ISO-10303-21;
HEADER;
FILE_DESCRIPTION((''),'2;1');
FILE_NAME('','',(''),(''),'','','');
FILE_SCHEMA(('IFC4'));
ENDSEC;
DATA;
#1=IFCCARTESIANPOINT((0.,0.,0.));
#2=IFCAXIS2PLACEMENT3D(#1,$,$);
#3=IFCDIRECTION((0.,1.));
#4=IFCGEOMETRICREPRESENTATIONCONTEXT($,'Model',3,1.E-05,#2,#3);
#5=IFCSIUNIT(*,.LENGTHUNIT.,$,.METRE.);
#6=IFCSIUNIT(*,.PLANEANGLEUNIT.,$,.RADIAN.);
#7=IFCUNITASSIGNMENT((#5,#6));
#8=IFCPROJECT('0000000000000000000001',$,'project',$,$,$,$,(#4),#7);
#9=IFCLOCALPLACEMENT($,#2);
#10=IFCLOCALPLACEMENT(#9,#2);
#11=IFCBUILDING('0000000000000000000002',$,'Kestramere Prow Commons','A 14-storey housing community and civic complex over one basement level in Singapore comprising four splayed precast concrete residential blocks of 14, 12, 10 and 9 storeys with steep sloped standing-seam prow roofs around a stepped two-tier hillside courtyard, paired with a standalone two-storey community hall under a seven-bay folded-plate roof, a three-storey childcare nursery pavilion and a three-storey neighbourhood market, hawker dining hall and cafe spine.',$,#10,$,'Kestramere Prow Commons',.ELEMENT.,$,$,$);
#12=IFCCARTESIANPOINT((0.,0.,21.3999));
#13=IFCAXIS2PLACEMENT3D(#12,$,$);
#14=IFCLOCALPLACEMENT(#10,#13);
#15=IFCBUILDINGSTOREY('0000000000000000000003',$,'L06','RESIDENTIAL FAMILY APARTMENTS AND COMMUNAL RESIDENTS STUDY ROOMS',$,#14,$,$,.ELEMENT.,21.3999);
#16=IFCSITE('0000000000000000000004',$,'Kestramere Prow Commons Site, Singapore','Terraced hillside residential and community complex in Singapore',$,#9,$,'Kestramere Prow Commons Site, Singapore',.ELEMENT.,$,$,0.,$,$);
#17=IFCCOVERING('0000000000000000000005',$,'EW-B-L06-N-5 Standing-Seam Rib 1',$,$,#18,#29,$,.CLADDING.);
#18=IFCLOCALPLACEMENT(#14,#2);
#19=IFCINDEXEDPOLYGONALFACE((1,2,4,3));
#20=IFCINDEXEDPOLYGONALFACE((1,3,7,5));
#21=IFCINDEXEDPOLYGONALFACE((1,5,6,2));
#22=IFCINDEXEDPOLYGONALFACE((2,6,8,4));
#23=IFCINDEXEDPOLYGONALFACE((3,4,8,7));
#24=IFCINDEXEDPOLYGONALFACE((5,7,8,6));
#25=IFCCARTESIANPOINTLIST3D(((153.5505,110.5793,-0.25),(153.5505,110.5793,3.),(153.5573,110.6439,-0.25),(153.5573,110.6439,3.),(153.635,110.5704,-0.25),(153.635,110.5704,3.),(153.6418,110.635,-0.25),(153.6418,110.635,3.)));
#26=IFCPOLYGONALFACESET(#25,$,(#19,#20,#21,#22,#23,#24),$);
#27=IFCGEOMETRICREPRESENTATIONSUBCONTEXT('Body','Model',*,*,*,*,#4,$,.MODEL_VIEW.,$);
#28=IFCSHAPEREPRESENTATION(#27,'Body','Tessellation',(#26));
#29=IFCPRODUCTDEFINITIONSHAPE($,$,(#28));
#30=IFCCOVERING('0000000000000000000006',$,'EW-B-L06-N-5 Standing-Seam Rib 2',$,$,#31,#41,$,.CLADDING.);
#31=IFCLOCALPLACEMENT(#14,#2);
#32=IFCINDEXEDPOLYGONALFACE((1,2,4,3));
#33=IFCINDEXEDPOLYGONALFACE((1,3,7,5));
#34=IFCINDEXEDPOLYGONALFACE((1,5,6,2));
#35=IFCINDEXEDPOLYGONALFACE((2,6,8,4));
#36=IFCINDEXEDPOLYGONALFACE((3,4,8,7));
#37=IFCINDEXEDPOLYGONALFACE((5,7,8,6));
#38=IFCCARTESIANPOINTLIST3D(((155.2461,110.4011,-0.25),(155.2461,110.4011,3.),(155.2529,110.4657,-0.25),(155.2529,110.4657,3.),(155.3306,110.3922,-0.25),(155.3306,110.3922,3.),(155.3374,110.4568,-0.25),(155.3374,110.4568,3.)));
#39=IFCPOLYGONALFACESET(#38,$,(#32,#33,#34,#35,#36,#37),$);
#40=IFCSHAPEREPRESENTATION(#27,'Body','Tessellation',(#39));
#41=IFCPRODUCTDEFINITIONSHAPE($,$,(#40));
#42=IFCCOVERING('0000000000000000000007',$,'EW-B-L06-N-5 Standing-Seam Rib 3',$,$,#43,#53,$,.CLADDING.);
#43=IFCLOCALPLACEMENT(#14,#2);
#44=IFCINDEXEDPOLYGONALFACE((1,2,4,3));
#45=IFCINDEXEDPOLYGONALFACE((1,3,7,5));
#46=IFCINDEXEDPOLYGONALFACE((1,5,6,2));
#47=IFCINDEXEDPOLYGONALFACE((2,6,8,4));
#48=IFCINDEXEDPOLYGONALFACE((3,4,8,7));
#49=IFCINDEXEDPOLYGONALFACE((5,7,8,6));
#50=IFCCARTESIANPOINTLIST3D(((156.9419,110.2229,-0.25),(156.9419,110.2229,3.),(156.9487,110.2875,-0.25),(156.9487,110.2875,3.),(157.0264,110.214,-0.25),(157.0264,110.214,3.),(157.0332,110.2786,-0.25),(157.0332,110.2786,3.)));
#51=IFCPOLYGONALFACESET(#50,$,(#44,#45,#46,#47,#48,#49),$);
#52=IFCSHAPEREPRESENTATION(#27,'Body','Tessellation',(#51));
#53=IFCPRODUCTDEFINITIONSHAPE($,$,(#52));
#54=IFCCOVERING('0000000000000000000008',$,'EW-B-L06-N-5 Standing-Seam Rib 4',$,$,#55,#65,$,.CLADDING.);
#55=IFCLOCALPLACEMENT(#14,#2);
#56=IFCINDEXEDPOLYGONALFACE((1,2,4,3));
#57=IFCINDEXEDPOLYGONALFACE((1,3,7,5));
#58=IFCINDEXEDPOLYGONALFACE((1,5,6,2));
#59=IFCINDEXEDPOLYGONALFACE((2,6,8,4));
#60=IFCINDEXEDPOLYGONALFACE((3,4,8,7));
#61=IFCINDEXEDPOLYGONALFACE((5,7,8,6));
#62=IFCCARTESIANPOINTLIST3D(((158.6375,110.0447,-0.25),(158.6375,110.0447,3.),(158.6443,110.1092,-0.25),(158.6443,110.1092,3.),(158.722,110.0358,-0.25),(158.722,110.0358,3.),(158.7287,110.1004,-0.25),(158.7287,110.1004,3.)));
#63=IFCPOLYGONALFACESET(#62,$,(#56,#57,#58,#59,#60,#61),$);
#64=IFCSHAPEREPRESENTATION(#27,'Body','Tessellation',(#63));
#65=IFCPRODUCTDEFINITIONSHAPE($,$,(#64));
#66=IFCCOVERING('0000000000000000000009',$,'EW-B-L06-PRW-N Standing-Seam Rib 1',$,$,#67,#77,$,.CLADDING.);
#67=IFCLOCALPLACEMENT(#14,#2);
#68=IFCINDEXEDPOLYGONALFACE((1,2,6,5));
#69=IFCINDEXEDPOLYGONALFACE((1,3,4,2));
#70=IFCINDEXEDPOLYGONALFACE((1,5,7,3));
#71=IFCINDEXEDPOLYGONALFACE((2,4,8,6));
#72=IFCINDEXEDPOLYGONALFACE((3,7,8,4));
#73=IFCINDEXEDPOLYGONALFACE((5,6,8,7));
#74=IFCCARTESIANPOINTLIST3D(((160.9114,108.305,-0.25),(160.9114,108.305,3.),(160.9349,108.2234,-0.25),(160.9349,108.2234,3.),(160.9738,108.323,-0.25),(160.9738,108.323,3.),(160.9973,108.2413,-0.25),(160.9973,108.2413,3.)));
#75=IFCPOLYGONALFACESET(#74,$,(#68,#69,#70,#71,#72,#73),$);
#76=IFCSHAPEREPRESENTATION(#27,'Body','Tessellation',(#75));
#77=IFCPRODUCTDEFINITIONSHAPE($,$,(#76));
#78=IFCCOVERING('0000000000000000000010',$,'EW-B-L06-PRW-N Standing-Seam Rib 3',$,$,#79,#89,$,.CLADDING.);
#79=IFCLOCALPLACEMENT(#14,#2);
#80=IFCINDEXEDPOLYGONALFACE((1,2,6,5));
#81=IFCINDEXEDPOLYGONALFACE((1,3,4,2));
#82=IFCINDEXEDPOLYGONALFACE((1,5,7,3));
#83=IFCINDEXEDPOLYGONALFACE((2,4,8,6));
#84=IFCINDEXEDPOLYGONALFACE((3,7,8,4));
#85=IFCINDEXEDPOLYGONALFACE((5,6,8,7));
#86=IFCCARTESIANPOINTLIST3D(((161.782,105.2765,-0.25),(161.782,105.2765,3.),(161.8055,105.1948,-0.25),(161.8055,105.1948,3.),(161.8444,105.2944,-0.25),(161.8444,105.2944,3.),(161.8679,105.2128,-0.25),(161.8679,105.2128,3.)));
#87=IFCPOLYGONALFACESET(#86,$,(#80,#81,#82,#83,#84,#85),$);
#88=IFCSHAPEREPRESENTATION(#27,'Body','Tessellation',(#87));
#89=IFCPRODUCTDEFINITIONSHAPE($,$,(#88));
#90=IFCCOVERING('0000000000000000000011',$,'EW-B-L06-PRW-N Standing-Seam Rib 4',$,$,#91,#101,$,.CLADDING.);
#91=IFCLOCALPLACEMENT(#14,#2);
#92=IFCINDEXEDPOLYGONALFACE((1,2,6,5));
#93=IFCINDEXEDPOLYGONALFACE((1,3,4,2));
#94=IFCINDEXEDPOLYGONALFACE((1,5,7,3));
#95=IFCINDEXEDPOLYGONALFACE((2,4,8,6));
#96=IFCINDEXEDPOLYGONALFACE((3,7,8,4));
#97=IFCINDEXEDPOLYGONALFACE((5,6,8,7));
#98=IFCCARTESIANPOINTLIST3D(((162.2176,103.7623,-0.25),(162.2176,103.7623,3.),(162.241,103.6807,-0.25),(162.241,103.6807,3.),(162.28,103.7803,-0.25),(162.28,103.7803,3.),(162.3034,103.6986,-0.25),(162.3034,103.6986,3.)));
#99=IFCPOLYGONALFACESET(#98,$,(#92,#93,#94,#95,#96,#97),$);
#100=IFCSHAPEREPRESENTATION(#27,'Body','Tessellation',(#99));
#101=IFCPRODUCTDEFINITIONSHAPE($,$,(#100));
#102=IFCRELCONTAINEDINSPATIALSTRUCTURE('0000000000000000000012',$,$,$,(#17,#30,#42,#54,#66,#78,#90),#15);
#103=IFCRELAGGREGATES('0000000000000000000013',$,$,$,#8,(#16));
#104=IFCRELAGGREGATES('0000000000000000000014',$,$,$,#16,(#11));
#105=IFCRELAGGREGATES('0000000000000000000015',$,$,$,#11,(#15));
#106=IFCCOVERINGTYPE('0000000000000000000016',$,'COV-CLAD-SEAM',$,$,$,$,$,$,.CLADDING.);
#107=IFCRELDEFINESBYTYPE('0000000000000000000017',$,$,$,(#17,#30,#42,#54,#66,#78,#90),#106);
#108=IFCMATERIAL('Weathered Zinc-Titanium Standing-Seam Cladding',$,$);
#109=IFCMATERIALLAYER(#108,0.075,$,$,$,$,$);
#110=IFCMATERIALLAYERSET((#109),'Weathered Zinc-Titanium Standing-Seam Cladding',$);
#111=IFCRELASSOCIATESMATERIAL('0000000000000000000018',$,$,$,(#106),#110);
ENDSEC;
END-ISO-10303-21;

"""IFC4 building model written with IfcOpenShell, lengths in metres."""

from ifc_helpers import new_model, si_unit, direction, frame, origin, origin_2d, place, context, subcontext, project, spatial, rectangle, extrude, material, layer, layer_set, type_object, element, save


model = new_model("IFC4")

# Units and contexts
model_context = context("Model", 3, precision=1e-05, world=origin(), true_north=direction((0.0, 1.0)))
body_context = subcontext(model_context, "Body", "Model", "MODEL_VIEW")
ifc_project = project(units=[si_unit("LENGTHUNIT", "METRE"), si_unit("PLANEANGLEUNIT", "RADIAN")], contexts=[model_context])

# Site, building, storey
site_placement = place(None, origin())
site = spatial("IfcSite", under=ifc_project, at=site_placement, Name="Kestramere Prow Commons Site, Singapore", Description="Terraced hillside residential and community complex in Singapore", LongName="Kestramere Prow Commons Site, Singapore", CompositionType="ELEMENT", RefElevation=0.0)
building_placement = place(site_placement, origin())
building = spatial("IfcBuilding", under=site, at=building_placement, Name="Kestramere Prow Commons", Description="A 14-storey housing community and civic complex over one basement level in Singapore comprising four splayed precast concrete residential blocks of 14, 12, 10 and 9 storeys with steep sloped standing-seam prow roofs around a stepped two-tier hillside courtyard, paired with a standalone two-storey community hall under a seven-bay folded-plate roof, a three-storey childcare nursery pavilion and a three-storey neighbourhood market, hawker dining hall and cafe spine.", LongName="Kestramere Prow Commons", CompositionType="ELEMENT")
storey_placement = place(building_placement, frame((0.0, 0.0, 21.3999)))
storey = spatial("IfcBuildingStorey", under=building, at=storey_placement, Name="L06", Description="RESIDENTIAL FAMILY APARTMENTS AND COMMUNAL RESIDENTS STUDY ROOMS", CompositionType="ELEMENT", Elevation=21.3999)

# Shared definitions
ifc_material_1 = material(Name="Weathered Zinc-Titanium Standing-Seam Cladding")

# Coverings
ifc_layer_1 = layer(ifc_material_1, 0.075)
ifc_layer_set_1 = layer_set([ifc_layer_1], Name="Weathered Zinc-Titanium Standing-Seam Cladding")
covering_type = type_object("IfcCoveringType", Name="COV-CLAD-SEAM", PredefinedType="CLADDING", material=ifc_layer_set_1)
for number, where, z_axis, x_axis, name in (
    (1, (153.5962, 110.6072, -0.25), (0.0, 0.0, 1.0), (0.994522, -0.104528, 0.0), "EW-B-L06-N-5 Standing-Seam Rib 1"),
    (2, (155.2917, 110.429, -0.25), (0.0, 0.0, 1.0), (0.994522, -0.104528, 0.0), "EW-B-L06-N-5 Standing-Seam Rib 2"),
    (3, (156.9875, 110.2507, -0.25), (0.0, 0.0, 1.0), (0.994522, -0.104528, 0.0), "EW-B-L06-N-5 Standing-Seam Rib 3"),
    (4, (158.6831, 110.0725, -0.25), (0.0, 0.0, 1.0), (0.994522, -0.104528, 0.0), "EW-B-L06-N-5 Standing-Seam Rib 4"),
    (5, (160.9543, 108.2732, -0.25), (0.0, 0.0, 1.0), (0.276318, -0.961066, 0.0), "EW-B-L06-PRW-N Standing-Seam Rib 1"),
    (6, (161.825, 105.2446, -0.25), (0.0, 0.0, 1.0), (0.276318, -0.961066, 0.0), "EW-B-L06-PRW-N Standing-Seam Rib 3"),
    (7, (162.2605, 103.7305, -0.25), (0.0, 0.0, 1.0), (0.276318, -0.961066, 0.0), "EW-B-L06-PRW-N Standing-Seam Rib 4"),
):
    element("IfcCovering", number, at=place(storey_placement, frame(where, z_axis=z_axis, x_axis=x_axis)), inside=storey, type_object=covering_type, Name=name, PredefinedType="CLADDING", context=body_context, shape_type="SweptSolid", body=[
        extrude(rectangle(XDim=0.085, YDim=0.0649, at=origin_2d()), origin(), (0.0, 0.0, 1.0), 3.25),
    ])

save(model, "model.ifc")
